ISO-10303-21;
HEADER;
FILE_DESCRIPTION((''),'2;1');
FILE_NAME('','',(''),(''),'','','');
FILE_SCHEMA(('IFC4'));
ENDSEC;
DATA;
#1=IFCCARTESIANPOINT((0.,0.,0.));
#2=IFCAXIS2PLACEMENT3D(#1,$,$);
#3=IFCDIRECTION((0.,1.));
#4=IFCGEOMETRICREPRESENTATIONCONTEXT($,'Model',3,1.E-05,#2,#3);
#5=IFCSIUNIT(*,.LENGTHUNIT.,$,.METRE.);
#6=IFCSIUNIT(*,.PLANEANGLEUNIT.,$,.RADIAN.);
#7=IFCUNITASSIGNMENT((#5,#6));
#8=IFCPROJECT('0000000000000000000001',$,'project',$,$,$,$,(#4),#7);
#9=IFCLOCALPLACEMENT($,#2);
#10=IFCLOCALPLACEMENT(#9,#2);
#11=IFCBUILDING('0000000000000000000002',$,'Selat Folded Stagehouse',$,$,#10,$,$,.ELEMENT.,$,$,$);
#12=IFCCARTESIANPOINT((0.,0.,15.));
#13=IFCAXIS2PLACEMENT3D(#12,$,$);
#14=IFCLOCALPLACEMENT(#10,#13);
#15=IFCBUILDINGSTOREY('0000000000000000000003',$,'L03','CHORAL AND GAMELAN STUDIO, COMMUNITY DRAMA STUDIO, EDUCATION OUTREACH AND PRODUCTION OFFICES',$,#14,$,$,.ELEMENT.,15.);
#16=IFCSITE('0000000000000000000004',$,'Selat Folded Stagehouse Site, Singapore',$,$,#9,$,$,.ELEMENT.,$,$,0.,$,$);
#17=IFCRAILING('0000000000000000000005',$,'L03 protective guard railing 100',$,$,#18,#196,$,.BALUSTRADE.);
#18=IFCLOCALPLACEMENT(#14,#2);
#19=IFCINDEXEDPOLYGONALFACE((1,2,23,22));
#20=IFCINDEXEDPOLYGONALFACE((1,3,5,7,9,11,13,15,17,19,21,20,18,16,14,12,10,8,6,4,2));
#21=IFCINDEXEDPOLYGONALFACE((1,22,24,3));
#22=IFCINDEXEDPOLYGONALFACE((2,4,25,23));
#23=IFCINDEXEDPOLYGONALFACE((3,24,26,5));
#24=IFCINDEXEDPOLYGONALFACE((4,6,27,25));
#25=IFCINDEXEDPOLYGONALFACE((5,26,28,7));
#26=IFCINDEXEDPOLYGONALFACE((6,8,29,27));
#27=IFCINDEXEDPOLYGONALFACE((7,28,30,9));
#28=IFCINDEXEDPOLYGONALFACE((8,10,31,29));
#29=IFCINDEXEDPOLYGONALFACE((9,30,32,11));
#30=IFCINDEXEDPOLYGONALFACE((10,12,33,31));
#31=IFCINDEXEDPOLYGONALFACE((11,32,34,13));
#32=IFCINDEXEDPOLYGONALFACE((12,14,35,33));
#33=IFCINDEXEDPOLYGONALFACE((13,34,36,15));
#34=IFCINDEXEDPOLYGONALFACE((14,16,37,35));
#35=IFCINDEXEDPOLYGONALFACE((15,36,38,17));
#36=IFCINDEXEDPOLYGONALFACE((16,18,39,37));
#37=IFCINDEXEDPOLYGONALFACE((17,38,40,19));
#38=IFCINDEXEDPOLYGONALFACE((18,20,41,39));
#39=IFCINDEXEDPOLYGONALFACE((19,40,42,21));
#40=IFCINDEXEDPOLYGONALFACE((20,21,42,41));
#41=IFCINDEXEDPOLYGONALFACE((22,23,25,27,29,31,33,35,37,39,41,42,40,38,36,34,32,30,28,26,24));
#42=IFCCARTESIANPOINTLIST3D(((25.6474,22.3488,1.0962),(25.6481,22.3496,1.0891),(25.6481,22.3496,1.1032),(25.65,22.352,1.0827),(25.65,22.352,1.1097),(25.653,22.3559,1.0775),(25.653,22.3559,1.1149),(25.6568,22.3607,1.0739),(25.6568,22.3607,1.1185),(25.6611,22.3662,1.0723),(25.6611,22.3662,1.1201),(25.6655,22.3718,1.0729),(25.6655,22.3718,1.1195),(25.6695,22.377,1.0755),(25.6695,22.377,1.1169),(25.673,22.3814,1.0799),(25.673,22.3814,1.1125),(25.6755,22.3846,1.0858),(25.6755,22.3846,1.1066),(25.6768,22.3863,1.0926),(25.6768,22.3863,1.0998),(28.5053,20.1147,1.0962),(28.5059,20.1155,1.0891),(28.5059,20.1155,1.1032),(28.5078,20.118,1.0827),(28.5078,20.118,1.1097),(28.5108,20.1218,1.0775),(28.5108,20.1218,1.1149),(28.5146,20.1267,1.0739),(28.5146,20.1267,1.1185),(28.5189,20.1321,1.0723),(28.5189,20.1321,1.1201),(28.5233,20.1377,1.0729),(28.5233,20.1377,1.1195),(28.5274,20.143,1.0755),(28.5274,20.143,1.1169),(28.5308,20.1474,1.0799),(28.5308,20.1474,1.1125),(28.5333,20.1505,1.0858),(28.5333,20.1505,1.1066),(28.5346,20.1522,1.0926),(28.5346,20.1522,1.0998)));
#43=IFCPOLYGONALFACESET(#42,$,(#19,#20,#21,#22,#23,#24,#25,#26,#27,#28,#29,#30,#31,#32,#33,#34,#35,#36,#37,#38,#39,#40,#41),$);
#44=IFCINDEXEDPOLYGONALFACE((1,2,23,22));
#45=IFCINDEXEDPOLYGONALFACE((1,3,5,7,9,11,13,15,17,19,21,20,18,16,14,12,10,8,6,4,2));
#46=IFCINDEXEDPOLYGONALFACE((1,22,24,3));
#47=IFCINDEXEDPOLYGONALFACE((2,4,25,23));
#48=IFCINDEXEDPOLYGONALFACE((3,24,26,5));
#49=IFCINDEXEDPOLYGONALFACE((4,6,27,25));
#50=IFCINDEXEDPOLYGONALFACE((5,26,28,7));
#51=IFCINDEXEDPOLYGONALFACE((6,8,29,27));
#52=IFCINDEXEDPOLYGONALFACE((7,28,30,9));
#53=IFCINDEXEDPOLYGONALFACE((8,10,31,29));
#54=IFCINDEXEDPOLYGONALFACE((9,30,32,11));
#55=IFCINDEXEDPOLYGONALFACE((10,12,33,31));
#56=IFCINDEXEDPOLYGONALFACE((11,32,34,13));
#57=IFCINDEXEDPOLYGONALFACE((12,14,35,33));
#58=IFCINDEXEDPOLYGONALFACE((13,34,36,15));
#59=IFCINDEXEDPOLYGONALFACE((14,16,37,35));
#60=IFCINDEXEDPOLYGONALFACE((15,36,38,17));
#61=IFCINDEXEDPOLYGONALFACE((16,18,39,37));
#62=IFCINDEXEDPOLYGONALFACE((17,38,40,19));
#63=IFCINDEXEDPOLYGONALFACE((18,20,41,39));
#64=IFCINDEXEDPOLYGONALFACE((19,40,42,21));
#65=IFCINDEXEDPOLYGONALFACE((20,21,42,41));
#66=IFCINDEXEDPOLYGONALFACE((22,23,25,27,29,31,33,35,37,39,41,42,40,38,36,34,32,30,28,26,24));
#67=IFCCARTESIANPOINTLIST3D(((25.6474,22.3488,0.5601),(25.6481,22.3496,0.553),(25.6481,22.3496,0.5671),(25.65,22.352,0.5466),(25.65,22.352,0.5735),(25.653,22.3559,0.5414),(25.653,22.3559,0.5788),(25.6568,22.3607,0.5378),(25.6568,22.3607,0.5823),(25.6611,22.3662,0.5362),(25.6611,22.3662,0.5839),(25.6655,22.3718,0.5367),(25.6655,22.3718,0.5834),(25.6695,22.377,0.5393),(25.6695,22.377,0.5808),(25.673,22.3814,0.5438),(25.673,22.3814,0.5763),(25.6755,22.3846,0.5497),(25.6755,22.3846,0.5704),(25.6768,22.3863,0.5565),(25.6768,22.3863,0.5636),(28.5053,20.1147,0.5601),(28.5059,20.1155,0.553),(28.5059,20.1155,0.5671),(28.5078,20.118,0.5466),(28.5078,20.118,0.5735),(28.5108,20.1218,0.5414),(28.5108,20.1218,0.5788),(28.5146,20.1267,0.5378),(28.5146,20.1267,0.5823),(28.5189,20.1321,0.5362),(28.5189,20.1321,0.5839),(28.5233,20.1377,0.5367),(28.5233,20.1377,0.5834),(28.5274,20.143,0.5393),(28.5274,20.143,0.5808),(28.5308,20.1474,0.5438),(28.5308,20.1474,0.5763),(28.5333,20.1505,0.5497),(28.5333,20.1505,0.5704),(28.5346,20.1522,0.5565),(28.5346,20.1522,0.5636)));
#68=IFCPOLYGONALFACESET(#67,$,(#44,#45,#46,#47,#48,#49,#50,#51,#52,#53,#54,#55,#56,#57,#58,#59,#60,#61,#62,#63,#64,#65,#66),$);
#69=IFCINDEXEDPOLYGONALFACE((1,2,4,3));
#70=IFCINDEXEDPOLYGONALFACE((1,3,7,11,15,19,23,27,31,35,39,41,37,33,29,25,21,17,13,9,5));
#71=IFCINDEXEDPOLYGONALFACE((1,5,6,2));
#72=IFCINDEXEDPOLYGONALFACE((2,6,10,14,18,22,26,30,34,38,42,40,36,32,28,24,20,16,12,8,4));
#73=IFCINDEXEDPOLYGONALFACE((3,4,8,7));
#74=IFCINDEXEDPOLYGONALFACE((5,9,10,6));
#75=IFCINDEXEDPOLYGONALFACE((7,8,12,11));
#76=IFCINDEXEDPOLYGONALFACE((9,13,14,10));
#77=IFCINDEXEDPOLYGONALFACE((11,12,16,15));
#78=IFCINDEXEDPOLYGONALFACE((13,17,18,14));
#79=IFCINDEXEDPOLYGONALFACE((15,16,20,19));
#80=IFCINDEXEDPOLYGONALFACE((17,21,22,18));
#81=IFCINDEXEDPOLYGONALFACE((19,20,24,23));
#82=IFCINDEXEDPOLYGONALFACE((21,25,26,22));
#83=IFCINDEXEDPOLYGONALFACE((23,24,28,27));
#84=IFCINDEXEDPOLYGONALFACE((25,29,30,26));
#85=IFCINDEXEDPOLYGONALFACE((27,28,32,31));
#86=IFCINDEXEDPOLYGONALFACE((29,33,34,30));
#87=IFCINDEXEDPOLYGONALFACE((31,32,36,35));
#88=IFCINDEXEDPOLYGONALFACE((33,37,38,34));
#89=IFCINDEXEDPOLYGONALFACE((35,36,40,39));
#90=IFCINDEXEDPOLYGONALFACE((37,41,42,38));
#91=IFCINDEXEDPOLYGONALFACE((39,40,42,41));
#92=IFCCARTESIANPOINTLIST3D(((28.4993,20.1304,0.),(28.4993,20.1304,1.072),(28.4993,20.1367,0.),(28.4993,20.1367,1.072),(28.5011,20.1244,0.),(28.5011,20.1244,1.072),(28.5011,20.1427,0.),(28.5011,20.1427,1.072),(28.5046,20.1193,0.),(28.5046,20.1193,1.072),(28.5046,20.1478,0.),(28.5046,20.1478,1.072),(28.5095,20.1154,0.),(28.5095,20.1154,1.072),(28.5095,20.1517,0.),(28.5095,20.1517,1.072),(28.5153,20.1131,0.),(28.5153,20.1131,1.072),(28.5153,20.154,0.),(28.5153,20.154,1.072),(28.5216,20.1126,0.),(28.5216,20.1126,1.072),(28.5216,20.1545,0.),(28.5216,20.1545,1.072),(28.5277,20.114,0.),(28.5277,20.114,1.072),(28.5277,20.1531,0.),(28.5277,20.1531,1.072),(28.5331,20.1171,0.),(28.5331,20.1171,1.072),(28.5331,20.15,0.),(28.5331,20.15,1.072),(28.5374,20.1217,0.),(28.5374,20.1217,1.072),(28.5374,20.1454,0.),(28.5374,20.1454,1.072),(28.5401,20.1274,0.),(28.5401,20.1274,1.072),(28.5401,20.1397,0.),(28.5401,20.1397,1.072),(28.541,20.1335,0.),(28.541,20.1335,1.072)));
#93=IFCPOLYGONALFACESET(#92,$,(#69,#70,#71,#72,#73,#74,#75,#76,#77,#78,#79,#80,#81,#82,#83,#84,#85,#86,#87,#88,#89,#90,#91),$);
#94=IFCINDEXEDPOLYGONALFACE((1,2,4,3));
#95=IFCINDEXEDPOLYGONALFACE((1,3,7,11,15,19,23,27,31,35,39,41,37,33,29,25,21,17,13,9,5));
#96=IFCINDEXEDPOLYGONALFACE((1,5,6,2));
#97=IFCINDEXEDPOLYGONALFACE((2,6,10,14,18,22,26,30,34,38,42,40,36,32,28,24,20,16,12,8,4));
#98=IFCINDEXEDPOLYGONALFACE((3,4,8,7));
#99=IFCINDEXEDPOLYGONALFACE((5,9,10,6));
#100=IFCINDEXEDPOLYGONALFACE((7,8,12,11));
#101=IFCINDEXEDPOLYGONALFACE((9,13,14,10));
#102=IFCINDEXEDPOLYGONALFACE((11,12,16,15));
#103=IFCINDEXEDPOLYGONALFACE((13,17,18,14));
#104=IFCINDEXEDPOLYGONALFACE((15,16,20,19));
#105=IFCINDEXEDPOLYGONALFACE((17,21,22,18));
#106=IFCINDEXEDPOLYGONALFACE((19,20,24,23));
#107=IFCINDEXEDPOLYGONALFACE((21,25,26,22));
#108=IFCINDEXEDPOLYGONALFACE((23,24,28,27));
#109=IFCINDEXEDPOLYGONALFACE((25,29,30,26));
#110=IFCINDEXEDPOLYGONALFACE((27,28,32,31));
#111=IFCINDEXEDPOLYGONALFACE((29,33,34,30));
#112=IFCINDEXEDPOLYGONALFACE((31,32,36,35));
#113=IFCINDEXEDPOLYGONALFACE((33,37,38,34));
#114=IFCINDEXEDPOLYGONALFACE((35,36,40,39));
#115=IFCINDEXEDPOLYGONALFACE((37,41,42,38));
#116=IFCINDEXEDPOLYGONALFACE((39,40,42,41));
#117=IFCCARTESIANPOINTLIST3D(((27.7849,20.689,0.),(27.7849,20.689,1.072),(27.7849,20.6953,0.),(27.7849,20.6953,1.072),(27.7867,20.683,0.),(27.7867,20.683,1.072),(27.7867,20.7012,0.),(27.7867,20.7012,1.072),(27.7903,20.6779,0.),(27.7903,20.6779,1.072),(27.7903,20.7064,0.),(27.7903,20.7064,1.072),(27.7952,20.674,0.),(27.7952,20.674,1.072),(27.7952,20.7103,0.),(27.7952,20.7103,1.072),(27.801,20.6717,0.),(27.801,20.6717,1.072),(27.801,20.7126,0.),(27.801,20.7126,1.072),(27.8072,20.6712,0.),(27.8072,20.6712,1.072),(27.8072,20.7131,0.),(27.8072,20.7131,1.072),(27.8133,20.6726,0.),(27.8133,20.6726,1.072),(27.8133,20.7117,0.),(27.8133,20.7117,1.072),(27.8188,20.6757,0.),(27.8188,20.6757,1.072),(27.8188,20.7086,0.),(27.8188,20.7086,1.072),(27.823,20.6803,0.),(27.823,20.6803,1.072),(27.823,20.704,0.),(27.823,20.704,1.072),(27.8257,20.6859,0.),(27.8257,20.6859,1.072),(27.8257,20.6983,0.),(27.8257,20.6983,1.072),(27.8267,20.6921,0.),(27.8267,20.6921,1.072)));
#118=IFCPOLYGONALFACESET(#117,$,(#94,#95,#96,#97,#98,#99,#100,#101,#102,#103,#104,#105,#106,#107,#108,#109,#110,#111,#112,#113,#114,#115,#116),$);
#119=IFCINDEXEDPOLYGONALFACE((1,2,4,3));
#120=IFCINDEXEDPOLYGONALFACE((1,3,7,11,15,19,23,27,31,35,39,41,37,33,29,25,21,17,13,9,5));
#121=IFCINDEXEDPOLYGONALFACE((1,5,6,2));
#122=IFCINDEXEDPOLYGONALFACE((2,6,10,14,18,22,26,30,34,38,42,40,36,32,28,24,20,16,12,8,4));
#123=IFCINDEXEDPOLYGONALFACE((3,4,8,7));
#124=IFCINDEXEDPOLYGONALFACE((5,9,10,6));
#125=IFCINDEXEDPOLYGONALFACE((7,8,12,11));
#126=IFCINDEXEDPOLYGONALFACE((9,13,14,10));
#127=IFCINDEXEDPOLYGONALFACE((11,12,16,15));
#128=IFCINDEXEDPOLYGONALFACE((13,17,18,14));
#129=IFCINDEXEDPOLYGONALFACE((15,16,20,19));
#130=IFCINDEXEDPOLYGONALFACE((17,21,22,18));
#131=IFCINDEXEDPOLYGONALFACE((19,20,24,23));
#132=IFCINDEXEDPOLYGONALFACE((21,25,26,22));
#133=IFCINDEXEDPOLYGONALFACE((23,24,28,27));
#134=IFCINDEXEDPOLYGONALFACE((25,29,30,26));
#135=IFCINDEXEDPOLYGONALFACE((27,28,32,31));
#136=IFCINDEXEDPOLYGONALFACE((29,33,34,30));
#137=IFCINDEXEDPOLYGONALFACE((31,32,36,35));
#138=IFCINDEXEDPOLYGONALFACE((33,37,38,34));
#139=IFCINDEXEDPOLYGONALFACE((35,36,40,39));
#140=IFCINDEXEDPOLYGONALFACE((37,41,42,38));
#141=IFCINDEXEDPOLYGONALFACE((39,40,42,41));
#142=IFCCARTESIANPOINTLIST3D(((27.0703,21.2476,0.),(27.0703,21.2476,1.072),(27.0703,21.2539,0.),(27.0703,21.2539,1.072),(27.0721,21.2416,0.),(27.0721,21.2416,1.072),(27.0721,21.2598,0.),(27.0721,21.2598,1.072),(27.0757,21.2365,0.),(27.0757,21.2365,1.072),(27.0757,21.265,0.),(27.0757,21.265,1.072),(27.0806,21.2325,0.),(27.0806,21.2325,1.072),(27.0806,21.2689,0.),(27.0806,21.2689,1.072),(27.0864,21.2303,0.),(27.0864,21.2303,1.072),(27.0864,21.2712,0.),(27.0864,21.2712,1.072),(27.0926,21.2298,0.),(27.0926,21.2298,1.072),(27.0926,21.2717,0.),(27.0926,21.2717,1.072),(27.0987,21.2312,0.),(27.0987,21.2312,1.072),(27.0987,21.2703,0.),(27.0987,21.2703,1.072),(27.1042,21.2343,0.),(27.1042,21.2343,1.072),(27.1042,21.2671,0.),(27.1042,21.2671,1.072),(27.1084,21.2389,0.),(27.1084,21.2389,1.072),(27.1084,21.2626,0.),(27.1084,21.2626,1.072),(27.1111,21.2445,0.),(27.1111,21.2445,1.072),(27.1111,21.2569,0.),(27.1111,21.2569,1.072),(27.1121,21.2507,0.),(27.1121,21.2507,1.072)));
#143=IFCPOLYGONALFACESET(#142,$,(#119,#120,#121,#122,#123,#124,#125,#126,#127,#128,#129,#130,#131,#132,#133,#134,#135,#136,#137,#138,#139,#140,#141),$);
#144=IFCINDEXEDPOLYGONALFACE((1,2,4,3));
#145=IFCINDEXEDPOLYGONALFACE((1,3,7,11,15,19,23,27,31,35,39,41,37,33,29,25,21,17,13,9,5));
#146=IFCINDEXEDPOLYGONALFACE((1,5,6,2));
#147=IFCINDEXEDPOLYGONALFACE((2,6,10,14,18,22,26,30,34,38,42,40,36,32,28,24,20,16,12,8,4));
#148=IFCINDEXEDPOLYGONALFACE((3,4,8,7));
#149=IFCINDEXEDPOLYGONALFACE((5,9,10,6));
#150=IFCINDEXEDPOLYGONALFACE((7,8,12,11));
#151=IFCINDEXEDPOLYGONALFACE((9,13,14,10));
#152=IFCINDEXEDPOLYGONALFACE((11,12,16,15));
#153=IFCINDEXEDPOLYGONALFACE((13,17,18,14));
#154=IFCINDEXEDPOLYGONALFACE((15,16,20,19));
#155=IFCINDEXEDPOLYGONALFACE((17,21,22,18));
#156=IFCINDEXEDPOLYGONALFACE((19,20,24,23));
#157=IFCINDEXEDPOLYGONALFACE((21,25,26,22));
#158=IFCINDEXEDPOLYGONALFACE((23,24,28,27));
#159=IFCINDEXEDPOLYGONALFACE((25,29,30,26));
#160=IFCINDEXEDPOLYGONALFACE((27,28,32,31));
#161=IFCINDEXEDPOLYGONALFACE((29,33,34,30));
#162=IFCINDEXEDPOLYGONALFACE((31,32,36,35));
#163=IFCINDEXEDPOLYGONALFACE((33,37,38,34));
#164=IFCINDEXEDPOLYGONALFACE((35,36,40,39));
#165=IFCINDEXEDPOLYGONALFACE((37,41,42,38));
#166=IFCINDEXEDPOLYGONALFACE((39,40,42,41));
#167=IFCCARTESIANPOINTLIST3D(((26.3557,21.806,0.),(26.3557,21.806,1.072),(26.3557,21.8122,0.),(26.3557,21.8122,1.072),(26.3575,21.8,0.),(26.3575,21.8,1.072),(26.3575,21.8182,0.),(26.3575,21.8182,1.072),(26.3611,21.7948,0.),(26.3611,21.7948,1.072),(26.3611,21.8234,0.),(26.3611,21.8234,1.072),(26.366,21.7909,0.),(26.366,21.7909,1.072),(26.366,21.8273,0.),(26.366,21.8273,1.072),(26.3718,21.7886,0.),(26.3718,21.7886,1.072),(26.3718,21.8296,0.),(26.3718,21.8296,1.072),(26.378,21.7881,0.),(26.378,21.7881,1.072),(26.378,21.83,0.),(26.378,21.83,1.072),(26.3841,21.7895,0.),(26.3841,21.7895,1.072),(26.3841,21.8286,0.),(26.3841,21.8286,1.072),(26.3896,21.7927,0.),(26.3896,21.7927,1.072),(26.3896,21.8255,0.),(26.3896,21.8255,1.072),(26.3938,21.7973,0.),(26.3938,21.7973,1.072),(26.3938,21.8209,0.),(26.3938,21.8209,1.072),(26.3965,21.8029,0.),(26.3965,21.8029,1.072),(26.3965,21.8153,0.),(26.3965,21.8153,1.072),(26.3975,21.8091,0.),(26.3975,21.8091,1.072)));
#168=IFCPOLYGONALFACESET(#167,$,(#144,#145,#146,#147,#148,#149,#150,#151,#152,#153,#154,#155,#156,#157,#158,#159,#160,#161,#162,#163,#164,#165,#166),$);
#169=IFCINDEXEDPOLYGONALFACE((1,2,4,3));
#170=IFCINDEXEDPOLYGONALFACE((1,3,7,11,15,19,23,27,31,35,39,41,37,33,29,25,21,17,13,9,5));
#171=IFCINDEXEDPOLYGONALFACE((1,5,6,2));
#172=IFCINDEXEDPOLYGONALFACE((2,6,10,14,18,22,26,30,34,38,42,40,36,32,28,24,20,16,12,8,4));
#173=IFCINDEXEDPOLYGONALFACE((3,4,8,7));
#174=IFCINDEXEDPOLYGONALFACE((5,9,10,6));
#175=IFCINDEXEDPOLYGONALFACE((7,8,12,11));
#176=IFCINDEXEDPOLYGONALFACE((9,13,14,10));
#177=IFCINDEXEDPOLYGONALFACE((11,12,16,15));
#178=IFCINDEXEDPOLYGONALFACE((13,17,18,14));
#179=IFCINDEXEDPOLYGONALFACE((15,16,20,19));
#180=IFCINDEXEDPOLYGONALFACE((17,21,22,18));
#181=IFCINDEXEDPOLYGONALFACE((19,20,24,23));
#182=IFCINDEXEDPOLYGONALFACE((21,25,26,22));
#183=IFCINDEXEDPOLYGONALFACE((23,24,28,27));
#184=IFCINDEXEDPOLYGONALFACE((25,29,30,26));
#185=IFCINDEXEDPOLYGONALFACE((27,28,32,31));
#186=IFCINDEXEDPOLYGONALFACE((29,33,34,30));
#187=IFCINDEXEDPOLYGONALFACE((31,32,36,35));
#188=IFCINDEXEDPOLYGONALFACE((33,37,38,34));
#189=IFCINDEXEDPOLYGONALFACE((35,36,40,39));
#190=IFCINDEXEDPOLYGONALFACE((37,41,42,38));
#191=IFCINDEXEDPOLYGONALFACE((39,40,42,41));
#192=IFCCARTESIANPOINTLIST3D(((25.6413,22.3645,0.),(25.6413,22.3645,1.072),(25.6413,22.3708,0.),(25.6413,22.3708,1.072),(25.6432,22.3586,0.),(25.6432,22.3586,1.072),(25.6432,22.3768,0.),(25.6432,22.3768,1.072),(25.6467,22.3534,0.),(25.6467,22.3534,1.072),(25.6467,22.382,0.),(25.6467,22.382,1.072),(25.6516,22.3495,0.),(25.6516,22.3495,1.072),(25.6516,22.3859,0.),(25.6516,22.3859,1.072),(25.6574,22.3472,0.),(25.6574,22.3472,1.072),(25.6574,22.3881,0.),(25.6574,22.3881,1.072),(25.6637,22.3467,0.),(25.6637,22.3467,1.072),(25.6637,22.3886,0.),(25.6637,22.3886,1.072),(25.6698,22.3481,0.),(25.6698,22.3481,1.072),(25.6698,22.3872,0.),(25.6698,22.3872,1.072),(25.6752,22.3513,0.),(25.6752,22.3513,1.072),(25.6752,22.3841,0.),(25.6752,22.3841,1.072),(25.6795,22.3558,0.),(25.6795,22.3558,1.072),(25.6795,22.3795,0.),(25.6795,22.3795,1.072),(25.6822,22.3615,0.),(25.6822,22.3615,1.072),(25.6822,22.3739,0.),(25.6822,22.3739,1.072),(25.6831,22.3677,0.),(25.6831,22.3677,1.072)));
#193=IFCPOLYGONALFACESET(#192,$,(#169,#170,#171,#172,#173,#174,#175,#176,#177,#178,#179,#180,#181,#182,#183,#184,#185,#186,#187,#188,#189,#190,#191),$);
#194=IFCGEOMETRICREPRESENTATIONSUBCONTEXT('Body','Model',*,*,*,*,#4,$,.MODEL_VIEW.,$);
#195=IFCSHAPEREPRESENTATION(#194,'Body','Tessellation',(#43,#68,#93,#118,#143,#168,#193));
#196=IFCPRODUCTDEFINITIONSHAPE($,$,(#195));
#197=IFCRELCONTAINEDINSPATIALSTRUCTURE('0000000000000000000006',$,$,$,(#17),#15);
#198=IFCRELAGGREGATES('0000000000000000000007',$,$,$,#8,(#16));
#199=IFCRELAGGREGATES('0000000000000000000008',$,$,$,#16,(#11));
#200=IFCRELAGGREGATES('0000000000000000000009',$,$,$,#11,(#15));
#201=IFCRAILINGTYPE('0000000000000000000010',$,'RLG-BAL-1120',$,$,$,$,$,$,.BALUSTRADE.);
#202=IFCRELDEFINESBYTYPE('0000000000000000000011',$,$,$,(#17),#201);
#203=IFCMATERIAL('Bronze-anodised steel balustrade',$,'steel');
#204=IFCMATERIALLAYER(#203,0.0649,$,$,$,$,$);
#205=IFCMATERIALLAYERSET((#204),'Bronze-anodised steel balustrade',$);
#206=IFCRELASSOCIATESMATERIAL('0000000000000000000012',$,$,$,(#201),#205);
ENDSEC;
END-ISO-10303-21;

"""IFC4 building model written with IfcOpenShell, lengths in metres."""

from ifc_helpers import new_model, si_unit, direction, frame, origin, origin_2d, place, context, subcontext, project, spatial, circle, extrude, material, layer, layer_set, type_object, element, save


model = new_model("IFC4")

# Units and contexts
model_context = context("Model", 3, precision=1e-05, world=origin(), true_north=direction((0.0, 1.0)))
body_context = subcontext(model_context, "Body", "Model", "MODEL_VIEW")
ifc_project = project(units=[si_unit("LENGTHUNIT", "METRE"), si_unit("PLANEANGLEUNIT", "RADIAN")], contexts=[model_context])

# Site, building, storey
site_placement = place(None, origin())
site = spatial("IfcSite", under=ifc_project, at=site_placement, Name="Selat Folded Stagehouse Site, Singapore", CompositionType="ELEMENT", RefElevation=0.0)
building_placement = place(site_placement, origin())
building = spatial("IfcBuilding", under=site, at=building_placement, Name="Selat Folded Stagehouse", CompositionType="ELEMENT")
storey_placement = place(building_placement, frame((0.0, 0.0, 15.0)))
storey = spatial("IfcBuildingStorey", under=building, at=storey_placement, Name="L03", Description="CHORAL AND GAMELAN STUDIO, COMMUNITY DRAMA STUDIO, EDUCATION OUTREACH AND PRODUCTION OFFICES", CompositionType="ELEMENT", Elevation=15.0)

# Railing
ifc_material_1 = material(Name="Bronze-anodised steel balustrade", Category="steel")
ifc_layer_1 = layer(ifc_material_1, 0.0649)
ifc_layer_set_1 = layer_set([ifc_layer_1], Name="Bronze-anodised steel balustrade")
railing_type = type_object("IfcRailingType", Name="RLG-BAL-1120", PredefinedType="BALUSTRADE", material=ifc_layer_set_1)
railing_1_placement = place(storey_placement, frame((28.52, 20.1335, 0.0)))
element("IfcRailing", 1, at=railing_1_placement, inside=storey, type_object=railing_type, Name="L03 protective guard railing 100", PredefinedType="BALUSTRADE", context=body_context, shape_type="SweptSolid", body=[
    extrude(circle(Radius=0.0239, at=origin_2d()), frame((0.0, 0.0, 1.0962), z_axis=(-0.787839, 0.615882, 0.0), x_axis=(-0.615882, -0.787839, 0.0)), (0.0, 0.0, 1.0), 3.6274),
    extrude(circle(Radius=0.0239, at=origin_2d()), frame((0.0, 0.0, 0.5601), z_axis=(-0.787839, 0.615882, 0.0), x_axis=(-0.615882, -0.787839, 0.0)), (0.0, 0.0, 1.0), 3.6274),
    extrude(circle(Radius=0.021, at=origin_2d()), origin(), (0.0, 0.0, 1.0), 1.072),
    extrude(circle(Radius=0.021, at=origin_2d()), frame((-0.7144, 0.5586, 0.0)), (0.0, 0.0, 1.0), 1.072),
    extrude(circle(Radius=0.021, at=origin_2d()), frame((-1.429, 1.1172, 0.0)), (0.0, 0.0, 1.0), 1.072),
    extrude(circle(Radius=0.021, at=origin_2d()), frame((-2.1436, 1.6755, 0.0)), (0.0, 0.0, 1.0), 1.072),
    extrude(circle(Radius=0.021, at=origin_2d()), frame((-2.8579, 2.2341, 0.0)), (0.0, 0.0, 1.0), 1.072),
])

save(model, "model.ifc")
